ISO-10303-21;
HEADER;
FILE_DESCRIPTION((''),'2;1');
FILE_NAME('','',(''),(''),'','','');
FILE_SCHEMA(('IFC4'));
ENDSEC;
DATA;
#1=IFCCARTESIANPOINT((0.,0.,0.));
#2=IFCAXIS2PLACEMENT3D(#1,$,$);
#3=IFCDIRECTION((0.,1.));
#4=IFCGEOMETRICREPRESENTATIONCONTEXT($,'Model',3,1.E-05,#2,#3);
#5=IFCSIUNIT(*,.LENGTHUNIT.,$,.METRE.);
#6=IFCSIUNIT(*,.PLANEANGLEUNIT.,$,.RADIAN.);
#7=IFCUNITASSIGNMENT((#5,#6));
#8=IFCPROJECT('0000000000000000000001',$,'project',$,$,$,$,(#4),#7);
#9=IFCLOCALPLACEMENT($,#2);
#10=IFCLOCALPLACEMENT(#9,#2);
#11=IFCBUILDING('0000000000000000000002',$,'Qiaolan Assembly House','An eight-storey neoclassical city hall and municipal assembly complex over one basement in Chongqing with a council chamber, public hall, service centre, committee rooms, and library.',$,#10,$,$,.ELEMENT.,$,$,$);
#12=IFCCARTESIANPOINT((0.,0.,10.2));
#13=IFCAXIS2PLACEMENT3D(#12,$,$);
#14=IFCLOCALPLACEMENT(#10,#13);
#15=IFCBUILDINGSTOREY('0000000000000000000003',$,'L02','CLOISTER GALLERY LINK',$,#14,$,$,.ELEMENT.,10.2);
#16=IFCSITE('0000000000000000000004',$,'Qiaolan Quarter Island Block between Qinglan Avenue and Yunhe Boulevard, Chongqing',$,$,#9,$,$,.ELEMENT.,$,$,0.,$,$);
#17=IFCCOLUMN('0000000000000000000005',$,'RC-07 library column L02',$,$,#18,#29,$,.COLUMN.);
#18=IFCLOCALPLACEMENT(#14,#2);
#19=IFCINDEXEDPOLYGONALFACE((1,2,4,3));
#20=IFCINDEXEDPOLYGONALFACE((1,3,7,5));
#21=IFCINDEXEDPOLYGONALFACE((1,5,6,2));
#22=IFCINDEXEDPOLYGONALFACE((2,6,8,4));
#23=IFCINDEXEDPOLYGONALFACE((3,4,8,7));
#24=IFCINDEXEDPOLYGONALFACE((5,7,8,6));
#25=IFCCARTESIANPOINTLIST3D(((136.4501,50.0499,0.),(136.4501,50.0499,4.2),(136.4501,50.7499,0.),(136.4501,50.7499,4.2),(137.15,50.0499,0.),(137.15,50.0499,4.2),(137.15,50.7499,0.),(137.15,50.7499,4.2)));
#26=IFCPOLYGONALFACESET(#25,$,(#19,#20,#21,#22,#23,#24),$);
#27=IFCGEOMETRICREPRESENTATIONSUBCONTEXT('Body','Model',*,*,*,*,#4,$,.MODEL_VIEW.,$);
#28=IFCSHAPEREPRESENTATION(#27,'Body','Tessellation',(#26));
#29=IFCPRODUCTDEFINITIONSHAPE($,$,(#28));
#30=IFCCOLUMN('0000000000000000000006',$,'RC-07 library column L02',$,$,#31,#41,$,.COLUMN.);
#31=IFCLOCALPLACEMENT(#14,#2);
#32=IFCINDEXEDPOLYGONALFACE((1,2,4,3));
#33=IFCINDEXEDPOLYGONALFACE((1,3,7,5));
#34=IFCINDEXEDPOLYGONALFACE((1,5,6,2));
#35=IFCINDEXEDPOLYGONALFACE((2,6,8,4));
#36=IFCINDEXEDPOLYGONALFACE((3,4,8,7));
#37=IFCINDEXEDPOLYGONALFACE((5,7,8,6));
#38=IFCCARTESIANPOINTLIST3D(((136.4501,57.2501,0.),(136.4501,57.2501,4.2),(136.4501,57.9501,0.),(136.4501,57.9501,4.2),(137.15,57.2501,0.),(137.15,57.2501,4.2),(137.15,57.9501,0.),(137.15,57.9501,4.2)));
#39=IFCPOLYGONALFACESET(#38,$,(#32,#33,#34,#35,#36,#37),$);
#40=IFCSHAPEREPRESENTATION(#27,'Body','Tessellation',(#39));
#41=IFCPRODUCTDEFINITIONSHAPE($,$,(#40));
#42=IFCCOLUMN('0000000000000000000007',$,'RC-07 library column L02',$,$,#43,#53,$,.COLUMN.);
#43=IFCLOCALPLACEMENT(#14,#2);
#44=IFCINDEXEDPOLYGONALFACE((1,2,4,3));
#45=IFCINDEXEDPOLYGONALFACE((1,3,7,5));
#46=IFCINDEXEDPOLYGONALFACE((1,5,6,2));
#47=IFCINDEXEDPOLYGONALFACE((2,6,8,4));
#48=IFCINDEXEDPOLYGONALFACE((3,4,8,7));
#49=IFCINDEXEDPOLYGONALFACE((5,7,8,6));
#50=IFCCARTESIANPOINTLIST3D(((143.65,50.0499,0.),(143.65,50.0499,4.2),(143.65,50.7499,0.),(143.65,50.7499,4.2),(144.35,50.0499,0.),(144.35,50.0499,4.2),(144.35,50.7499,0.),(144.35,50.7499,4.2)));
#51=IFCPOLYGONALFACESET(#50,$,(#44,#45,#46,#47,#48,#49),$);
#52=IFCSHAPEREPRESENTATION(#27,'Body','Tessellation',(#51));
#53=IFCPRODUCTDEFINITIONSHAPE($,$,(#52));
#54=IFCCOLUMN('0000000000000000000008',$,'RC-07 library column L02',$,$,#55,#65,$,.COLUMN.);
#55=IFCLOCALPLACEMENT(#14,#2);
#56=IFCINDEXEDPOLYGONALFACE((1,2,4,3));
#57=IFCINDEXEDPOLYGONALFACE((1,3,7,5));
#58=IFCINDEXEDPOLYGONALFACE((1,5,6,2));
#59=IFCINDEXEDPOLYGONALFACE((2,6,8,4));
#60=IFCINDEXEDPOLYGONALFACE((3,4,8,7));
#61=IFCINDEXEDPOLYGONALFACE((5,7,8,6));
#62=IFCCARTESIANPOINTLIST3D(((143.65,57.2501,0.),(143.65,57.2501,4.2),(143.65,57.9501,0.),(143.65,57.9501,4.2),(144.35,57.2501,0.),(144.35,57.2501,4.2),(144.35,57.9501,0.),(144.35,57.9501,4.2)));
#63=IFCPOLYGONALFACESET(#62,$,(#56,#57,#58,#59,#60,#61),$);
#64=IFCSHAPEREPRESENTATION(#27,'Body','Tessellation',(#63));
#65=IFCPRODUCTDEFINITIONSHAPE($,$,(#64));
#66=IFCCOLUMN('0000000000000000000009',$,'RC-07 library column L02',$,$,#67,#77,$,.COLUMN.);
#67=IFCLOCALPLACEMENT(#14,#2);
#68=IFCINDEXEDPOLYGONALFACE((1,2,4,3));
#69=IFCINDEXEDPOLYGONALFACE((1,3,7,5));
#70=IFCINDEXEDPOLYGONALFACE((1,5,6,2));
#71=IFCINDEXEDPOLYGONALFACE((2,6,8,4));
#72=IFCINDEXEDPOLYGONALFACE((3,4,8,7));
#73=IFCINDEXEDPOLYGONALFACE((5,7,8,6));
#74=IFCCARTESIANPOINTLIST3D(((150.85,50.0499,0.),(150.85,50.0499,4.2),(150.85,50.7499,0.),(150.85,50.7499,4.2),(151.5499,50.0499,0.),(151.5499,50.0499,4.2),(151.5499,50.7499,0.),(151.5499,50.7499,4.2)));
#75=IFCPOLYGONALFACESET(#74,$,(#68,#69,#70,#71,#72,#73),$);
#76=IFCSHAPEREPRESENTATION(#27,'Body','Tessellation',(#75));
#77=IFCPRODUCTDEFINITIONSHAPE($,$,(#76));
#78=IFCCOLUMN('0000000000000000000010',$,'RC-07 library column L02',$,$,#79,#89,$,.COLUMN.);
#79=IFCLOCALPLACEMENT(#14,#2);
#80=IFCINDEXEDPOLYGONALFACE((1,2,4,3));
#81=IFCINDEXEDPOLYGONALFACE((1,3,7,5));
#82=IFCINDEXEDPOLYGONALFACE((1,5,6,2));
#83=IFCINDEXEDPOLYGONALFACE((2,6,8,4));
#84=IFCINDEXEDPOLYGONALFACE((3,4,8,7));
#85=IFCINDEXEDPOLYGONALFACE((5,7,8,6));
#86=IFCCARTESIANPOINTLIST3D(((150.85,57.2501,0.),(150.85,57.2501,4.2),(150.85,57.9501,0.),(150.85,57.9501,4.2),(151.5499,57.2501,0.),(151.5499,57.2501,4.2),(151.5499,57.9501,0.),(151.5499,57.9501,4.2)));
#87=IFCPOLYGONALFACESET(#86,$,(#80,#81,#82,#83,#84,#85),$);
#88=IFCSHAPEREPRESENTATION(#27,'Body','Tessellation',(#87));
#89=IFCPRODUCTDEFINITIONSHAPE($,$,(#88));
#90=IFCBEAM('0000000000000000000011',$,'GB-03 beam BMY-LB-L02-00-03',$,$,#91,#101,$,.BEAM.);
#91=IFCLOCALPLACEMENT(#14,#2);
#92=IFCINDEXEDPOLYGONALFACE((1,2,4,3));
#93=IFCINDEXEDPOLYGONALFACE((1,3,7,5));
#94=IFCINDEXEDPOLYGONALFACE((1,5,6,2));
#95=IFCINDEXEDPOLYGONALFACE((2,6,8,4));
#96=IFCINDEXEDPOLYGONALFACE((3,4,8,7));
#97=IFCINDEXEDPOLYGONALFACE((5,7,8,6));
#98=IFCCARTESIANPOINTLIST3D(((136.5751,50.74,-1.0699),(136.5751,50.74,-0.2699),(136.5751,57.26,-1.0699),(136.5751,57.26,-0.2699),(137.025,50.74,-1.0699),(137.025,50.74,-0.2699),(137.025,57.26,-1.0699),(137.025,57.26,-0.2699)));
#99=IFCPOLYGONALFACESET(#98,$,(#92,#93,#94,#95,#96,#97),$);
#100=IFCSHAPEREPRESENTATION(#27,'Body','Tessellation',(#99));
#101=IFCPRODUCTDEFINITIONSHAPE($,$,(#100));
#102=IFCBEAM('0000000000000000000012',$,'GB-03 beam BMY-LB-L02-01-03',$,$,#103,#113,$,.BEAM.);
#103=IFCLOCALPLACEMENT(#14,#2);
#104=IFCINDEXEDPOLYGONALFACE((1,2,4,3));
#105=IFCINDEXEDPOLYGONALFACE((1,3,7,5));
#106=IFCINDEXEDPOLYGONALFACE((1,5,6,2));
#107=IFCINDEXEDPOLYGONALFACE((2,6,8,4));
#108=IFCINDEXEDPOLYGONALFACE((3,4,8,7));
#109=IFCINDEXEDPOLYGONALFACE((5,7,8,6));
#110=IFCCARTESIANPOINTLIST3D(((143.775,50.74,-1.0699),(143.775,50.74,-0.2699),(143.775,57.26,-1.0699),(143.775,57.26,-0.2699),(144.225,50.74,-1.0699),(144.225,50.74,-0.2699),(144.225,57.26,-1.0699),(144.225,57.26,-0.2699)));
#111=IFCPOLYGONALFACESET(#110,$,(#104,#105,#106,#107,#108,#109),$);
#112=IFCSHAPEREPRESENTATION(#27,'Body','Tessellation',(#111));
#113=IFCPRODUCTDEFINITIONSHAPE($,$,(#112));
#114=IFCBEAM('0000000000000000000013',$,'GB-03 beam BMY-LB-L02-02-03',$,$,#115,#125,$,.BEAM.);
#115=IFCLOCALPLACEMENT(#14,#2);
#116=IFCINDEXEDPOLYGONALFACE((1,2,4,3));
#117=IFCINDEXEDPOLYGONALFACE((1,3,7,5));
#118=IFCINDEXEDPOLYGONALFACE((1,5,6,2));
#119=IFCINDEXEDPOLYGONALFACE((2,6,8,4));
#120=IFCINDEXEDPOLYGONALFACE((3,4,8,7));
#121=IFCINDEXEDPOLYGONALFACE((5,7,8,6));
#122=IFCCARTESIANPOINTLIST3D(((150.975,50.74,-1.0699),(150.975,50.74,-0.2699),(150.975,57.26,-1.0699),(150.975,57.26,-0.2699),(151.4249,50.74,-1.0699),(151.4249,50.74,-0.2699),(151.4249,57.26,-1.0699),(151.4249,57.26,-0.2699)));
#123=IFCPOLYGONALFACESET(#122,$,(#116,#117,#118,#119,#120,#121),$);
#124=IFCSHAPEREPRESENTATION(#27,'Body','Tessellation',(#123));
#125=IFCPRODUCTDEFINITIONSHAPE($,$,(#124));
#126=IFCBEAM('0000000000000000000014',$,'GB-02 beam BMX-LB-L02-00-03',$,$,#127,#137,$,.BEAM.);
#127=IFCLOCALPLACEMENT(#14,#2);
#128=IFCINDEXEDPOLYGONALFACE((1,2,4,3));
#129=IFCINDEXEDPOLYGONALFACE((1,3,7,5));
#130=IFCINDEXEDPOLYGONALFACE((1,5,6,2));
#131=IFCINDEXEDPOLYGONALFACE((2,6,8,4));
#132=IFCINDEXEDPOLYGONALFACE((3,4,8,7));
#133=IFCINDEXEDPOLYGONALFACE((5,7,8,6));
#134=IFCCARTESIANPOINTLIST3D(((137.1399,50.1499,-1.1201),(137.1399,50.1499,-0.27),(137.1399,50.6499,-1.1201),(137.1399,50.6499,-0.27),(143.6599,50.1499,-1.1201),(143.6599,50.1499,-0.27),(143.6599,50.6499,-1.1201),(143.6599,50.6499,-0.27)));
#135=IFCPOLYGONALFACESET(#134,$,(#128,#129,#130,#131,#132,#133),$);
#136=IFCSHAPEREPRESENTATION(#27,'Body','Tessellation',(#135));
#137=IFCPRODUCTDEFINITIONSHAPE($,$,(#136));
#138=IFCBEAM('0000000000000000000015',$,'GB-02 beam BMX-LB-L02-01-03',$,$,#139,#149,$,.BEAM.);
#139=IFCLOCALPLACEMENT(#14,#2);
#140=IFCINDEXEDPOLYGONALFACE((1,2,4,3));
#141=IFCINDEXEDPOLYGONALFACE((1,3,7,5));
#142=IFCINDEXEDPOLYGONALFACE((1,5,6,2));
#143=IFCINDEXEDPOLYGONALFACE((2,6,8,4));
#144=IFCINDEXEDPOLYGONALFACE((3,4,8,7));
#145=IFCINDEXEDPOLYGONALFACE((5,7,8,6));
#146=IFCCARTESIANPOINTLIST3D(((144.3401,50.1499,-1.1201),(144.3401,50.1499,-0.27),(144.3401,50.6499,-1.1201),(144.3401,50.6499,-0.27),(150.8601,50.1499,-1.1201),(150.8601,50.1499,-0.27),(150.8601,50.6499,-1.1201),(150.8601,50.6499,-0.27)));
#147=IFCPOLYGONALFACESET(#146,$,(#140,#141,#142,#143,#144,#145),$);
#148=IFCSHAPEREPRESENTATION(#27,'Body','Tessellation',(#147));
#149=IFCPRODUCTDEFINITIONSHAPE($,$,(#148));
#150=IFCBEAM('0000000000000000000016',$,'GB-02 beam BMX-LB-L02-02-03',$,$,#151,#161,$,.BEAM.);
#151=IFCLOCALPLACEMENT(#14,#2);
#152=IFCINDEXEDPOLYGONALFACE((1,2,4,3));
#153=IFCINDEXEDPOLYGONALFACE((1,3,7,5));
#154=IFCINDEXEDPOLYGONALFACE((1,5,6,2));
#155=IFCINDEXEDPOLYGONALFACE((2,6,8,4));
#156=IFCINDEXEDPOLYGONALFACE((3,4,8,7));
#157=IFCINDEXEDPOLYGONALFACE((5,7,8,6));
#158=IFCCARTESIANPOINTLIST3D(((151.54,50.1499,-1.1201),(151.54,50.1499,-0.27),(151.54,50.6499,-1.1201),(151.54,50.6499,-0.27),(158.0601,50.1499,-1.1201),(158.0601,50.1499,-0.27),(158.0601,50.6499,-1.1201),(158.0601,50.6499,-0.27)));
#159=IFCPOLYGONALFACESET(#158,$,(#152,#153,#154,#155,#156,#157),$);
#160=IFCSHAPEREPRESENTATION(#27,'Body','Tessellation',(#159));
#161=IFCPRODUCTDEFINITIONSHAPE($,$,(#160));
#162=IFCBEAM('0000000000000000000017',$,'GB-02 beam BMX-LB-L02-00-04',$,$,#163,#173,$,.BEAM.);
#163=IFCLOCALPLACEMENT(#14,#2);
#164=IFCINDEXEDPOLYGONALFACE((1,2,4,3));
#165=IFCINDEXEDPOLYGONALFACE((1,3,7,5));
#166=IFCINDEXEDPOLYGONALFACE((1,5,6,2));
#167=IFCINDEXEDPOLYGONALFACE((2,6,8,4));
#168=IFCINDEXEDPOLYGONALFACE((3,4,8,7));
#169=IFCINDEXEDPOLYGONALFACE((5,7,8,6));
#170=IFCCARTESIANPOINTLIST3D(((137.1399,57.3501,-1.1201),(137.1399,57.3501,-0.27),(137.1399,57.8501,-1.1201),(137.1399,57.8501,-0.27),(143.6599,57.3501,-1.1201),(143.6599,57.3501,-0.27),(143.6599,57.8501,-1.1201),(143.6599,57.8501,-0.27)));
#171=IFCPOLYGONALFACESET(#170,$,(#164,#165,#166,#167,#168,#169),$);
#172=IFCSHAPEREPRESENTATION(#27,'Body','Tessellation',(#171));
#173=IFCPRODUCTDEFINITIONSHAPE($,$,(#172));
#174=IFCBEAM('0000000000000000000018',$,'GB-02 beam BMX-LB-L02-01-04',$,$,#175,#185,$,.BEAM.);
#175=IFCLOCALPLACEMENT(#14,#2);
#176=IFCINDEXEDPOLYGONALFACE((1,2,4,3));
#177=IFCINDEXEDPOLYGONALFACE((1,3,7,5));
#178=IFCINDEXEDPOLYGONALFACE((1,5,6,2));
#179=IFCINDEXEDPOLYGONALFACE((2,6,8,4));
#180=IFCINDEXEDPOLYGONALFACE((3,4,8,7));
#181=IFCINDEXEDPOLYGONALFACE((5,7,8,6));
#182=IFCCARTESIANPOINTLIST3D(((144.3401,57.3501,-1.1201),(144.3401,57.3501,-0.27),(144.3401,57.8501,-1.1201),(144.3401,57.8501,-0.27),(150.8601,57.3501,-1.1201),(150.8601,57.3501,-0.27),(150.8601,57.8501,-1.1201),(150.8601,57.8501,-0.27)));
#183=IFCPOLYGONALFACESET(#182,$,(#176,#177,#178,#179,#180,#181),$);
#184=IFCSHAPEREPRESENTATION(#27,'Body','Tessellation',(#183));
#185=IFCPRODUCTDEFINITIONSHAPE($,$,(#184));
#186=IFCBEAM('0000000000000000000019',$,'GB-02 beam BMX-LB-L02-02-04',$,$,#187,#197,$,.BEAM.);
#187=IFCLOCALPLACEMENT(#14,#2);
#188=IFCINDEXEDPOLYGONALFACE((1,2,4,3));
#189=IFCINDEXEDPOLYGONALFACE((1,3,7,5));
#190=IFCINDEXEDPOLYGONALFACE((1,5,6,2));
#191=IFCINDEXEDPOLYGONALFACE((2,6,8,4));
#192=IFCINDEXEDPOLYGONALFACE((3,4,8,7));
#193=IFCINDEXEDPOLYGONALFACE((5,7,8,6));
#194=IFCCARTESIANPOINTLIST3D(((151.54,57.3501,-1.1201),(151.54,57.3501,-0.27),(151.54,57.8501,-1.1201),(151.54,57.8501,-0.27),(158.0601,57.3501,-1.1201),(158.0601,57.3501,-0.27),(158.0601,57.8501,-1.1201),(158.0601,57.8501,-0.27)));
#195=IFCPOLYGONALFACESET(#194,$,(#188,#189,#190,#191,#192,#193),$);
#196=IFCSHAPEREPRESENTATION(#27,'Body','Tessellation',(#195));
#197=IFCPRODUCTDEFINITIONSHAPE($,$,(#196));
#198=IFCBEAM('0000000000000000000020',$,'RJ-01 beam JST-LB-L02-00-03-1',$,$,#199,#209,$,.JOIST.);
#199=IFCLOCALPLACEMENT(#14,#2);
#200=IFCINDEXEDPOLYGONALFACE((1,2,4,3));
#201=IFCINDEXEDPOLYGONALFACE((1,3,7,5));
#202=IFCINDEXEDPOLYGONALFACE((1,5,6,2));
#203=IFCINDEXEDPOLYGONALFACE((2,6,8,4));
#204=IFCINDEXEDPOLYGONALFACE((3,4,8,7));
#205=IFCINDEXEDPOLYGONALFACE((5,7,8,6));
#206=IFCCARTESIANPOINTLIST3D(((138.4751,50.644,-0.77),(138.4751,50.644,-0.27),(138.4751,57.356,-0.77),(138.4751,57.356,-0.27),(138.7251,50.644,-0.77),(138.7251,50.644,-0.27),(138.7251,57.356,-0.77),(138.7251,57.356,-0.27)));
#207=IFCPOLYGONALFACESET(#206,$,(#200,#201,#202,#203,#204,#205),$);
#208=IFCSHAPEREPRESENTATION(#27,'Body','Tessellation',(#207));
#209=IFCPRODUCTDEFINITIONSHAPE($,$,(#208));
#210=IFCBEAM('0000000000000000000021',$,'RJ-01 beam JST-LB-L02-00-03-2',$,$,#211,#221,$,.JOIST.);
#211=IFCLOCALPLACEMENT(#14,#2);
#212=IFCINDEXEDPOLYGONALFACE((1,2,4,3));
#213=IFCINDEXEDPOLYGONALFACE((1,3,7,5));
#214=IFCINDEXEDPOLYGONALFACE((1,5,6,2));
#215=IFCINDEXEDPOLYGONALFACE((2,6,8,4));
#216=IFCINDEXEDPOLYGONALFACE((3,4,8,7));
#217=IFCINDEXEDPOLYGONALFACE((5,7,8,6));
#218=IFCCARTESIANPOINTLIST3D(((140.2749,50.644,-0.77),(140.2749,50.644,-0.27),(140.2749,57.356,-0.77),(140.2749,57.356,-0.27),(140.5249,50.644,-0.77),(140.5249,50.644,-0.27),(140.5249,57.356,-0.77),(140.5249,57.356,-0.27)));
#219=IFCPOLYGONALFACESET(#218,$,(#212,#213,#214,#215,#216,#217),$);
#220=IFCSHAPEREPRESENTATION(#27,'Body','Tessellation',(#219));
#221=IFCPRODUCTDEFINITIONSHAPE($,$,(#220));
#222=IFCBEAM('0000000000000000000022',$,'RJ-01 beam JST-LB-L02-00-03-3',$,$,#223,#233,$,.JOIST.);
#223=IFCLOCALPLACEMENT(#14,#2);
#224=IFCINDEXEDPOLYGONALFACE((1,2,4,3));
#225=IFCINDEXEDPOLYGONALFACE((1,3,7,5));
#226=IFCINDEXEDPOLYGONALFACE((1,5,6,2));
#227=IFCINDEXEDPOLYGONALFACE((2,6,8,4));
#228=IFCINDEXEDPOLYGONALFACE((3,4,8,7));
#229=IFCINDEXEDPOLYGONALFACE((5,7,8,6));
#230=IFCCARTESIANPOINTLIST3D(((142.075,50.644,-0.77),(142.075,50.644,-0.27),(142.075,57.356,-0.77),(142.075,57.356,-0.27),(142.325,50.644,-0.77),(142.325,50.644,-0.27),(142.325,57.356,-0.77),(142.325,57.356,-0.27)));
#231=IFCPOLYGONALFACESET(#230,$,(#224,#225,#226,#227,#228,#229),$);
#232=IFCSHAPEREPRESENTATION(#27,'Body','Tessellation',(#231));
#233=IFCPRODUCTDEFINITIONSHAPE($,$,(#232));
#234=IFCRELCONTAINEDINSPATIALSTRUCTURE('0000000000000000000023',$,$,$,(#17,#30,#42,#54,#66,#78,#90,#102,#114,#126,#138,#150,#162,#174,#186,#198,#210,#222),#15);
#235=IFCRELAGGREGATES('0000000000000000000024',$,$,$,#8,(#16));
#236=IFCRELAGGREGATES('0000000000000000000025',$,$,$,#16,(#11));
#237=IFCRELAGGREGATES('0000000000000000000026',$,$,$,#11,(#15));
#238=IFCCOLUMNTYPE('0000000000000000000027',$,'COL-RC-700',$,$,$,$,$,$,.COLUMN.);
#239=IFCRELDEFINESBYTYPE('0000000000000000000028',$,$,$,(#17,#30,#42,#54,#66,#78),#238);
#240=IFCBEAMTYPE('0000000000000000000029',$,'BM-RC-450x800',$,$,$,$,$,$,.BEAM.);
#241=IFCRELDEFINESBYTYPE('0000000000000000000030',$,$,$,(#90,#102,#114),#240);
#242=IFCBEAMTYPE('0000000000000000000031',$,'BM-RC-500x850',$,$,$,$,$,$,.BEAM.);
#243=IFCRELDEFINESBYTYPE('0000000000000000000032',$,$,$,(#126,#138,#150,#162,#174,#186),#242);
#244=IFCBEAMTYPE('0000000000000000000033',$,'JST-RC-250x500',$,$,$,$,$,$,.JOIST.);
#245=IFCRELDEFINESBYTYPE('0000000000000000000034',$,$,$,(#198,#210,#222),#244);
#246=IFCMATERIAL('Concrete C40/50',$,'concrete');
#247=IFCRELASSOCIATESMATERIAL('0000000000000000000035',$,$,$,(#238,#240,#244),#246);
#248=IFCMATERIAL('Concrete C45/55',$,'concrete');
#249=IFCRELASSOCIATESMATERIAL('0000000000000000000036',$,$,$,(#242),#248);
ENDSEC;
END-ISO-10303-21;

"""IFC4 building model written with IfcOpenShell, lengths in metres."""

from ifc_helpers import new_model, si_unit, direction, frame, origin, origin_2d, place, context, subcontext, project, spatial, rectangle, extrude, material, material_profile, profile_set, type_object, element, save


model = new_model("IFC4")

# Units and contexts
model_context = context("Model", 3, precision=1e-05, world=origin(), true_north=direction((0.0, 1.0)))
body_context = subcontext(model_context, "Body", "Model", "MODEL_VIEW")
ifc_project = project(units=[si_unit("LENGTHUNIT", "METRE"), si_unit("PLANEANGLEUNIT", "RADIAN")], contexts=[model_context])

# Site, building, storey
site_placement = place(None, origin())
site = spatial("IfcSite", under=ifc_project, at=site_placement, Name="Qiaolan Quarter Island Block between Qinglan Avenue and Yunhe Boulevard, Chongqing", CompositionType="ELEMENT", RefElevation=0.0)
building_placement = place(site_placement, origin())
building = spatial("IfcBuilding", under=site, at=building_placement, Name="Qiaolan Assembly House", Description="An eight-storey neoclassical city hall and municipal assembly complex over one basement in Chongqing with a council chamber, public hall, service centre, committee rooms, and library.", CompositionType="ELEMENT")
storey_placement = place(building_placement, frame((0.0, 0.0, 10.2)))
storey = spatial("IfcBuildingStorey", under=building, at=storey_placement, Name="L02", Description="CLOISTER GALLERY LINK", CompositionType="ELEMENT", Elevation=10.2)

# Columns
ifc_material_1 = material(Name="Concrete C40/50", Category="concrete")
ifc_material_profile_1 = material_profile(ifc_material_1, rectangle(XDim=0.7, YDim=0.7, at=origin_2d()), Name="RC 700x700")
ifc_profile_set_1 = profile_set([ifc_material_profile_1], Name="Concrete C40/50")
column_type = type_object("IfcColumnType", Name="COL-RC-700", PredefinedType="COLUMN", material=ifc_profile_set_1)
for number, where, z_axis, x_axis, name in (
    (1, (136.8, 50.3999, 0.0), (0.0, 0.0, 1.0), (1.0, 0.0, 0.0), "RC-07 library column L02"),
    (2, (136.8, 57.6001, 0.0), (0.0, 0.0, 1.0), (1.0, 0.0, 0.0), "RC-07 library column L02"),
    (3, (144.0, 50.3999, 0.0), (0.0, 0.0, 1.0), (1.0, 0.0, 0.0), "RC-07 library column L02"),
    (4, (144.0, 57.6001, 0.0), (0.0, 0.0, 1.0), (1.0, 0.0, 0.0), "RC-07 library column L02"),
    (5, (151.2, 50.3999, 0.0), (0.0, 0.0, 1.0), (1.0, 0.0, 0.0), "RC-07 library column L02"),
    (6, (151.2, 57.6001, 0.0), (0.0, 0.0, 1.0), (1.0, 0.0, 0.0), "RC-07 library column L02"),
):
    element("IfcColumn", number, at=place(storey_placement, frame(where, z_axis=z_axis, x_axis=x_axis)), inside=storey, type_object=column_type, Name=name, PredefinedType="COLUMN", context=body_context, shape_type="SweptSolid", body=[
        extrude(rectangle(XDim=0.7, YDim=0.7, at=origin_2d()), origin(), (0.0, 0.0, 1.0), 4.2),
    ])

# Beams
ifc_material_profile_2 = material_profile(ifc_material_1, rectangle(XDim=0.45, YDim=0.8, at=origin_2d()), Name="RCB 450x800")
ifc_profile_set_2 = profile_set([ifc_material_profile_2], Name="Concrete C40/50")
beam_type_1 = type_object("IfcBeamType", Name="BM-RC-450x800", PredefinedType="BEAM", material=ifc_profile_set_2)
for number, where, z_axis, x_axis, name in (
    (7, (136.8, 50.74, -0.6699), (0.0, 1.0, 0.0), (-1.0, 0.0, 0.0), "GB-03 beam BMY-LB-L02-00-03"),
    (8, (144.0, 50.74, -0.6699), (0.0, 1.0, 0.0), (-1.0, 0.0, 0.0), "GB-03 beam BMY-LB-L02-01-03"),
    (9, (151.2, 50.74, -0.6699), (0.0, 1.0, 0.0), (-1.0, 0.0, 0.0), "GB-03 beam BMY-LB-L02-02-03"),
):
    element("IfcBeam", number, at=place(storey_placement, frame(where, z_axis=z_axis, x_axis=x_axis)), inside=storey, type_object=beam_type_1, Name=name, PredefinedType="BEAM", context=body_context, shape_type="SweptSolid", body=[
        extrude(rectangle(XDim=0.45, YDim=0.8, at=origin_2d()), origin(), (0.0, 0.0, 1.0), 6.52),
    ])
ifc_material_2 = material(Name="Concrete C45/55", Category="concrete")
ifc_material_profile_3 = material_profile(ifc_material_2, rectangle(XDim=0.5, YDim=0.8501, at=origin_2d()), Name="RCB 500x850")
ifc_profile_set_3 = profile_set([ifc_material_profile_3], Name="Concrete C45/55")
beam_type_2 = type_object("IfcBeamType", Name="BM-RC-500x850", PredefinedType="BEAM", material=ifc_profile_set_3)
for number, where, z_axis, x_axis, name in (
    (10, (137.1399, 50.3999, -0.6951), (1.0, 0.0, 0.0), (0.0, 1.0, 0.0), "GB-02 beam BMX-LB-L02-00-03"),
    (11, (144.3401, 50.3999, -0.6951), (1.0, 0.0, 0.0), (0.0, 1.0, 0.0), "GB-02 beam BMX-LB-L02-01-03"),
    (12, (151.54, 50.3999, -0.6951), (1.0, 0.0, 0.0), (0.0, 1.0, 0.0), "GB-02 beam BMX-LB-L02-02-03"),
    (13, (137.1399, 57.6001, -0.6951), (1.0, 0.0, 0.0), (0.0, 1.0, 0.0), "GB-02 beam BMX-LB-L02-00-04"),
    (14, (144.3401, 57.6001, -0.6951), (1.0, 0.0, 0.0), (0.0, 1.0, 0.0), "GB-02 beam BMX-LB-L02-01-04"),
    (15, (151.54, 57.6001, -0.6951), (1.0, 0.0, 0.0), (0.0, 1.0, 0.0), "GB-02 beam BMX-LB-L02-02-04"),
):
    element("IfcBeam", number, at=place(storey_placement, frame(where, z_axis=z_axis, x_axis=x_axis)), inside=storey, type_object=beam_type_2, Name=name, PredefinedType="BEAM", context=body_context, shape_type="SweptSolid", body=[
        extrude(rectangle(XDim=0.5, YDim=0.8501, at=origin_2d()), origin(), (0.0, 0.0, 1.0), 6.52),
    ])
ifc_material_profile_4 = material_profile(ifc_material_1, rectangle(XDim=0.25, YDim=0.5, at=origin_2d()), Name="RCB 250x500")
ifc_profile_set_4 = profile_set([ifc_material_profile_4], Name="Concrete C40/50")
beam_type_3 = type_object("IfcBeamType", Name="JST-RC-250x500", PredefinedType="JOIST", material=ifc_profile_set_4)
for number, where, z_axis, x_axis, name in (
    (16, (138.6001, 50.644, -0.52), (0.0, 1.0, 0.0), (-1.0, 0.0, 0.0), "RJ-01 beam JST-LB-L02-00-03-1"),
    (17, (140.3999, 50.644, -0.52), (0.0, 1.0, 0.0), (-1.0, 0.0, 0.0), "RJ-01 beam JST-LB-L02-00-03-2"),
    (18, (142.2, 50.644, -0.52), (0.0, 1.0, 0.0), (-1.0, 0.0, 0.0), "RJ-01 beam JST-LB-L02-00-03-3"),
):
    element("IfcBeam", number, at=place(storey_placement, frame(where, z_axis=z_axis, x_axis=x_axis)), inside=storey, type_object=beam_type_3, Name=name, PredefinedType="JOIST", context=body_context, shape_type="SweptSolid", body=[
        extrude(rectangle(XDim=0.25, YDim=0.5, at=origin_2d()), origin(), (0.0, 0.0, 1.0), 6.7119),
    ])

save(model, "model.ifc")
